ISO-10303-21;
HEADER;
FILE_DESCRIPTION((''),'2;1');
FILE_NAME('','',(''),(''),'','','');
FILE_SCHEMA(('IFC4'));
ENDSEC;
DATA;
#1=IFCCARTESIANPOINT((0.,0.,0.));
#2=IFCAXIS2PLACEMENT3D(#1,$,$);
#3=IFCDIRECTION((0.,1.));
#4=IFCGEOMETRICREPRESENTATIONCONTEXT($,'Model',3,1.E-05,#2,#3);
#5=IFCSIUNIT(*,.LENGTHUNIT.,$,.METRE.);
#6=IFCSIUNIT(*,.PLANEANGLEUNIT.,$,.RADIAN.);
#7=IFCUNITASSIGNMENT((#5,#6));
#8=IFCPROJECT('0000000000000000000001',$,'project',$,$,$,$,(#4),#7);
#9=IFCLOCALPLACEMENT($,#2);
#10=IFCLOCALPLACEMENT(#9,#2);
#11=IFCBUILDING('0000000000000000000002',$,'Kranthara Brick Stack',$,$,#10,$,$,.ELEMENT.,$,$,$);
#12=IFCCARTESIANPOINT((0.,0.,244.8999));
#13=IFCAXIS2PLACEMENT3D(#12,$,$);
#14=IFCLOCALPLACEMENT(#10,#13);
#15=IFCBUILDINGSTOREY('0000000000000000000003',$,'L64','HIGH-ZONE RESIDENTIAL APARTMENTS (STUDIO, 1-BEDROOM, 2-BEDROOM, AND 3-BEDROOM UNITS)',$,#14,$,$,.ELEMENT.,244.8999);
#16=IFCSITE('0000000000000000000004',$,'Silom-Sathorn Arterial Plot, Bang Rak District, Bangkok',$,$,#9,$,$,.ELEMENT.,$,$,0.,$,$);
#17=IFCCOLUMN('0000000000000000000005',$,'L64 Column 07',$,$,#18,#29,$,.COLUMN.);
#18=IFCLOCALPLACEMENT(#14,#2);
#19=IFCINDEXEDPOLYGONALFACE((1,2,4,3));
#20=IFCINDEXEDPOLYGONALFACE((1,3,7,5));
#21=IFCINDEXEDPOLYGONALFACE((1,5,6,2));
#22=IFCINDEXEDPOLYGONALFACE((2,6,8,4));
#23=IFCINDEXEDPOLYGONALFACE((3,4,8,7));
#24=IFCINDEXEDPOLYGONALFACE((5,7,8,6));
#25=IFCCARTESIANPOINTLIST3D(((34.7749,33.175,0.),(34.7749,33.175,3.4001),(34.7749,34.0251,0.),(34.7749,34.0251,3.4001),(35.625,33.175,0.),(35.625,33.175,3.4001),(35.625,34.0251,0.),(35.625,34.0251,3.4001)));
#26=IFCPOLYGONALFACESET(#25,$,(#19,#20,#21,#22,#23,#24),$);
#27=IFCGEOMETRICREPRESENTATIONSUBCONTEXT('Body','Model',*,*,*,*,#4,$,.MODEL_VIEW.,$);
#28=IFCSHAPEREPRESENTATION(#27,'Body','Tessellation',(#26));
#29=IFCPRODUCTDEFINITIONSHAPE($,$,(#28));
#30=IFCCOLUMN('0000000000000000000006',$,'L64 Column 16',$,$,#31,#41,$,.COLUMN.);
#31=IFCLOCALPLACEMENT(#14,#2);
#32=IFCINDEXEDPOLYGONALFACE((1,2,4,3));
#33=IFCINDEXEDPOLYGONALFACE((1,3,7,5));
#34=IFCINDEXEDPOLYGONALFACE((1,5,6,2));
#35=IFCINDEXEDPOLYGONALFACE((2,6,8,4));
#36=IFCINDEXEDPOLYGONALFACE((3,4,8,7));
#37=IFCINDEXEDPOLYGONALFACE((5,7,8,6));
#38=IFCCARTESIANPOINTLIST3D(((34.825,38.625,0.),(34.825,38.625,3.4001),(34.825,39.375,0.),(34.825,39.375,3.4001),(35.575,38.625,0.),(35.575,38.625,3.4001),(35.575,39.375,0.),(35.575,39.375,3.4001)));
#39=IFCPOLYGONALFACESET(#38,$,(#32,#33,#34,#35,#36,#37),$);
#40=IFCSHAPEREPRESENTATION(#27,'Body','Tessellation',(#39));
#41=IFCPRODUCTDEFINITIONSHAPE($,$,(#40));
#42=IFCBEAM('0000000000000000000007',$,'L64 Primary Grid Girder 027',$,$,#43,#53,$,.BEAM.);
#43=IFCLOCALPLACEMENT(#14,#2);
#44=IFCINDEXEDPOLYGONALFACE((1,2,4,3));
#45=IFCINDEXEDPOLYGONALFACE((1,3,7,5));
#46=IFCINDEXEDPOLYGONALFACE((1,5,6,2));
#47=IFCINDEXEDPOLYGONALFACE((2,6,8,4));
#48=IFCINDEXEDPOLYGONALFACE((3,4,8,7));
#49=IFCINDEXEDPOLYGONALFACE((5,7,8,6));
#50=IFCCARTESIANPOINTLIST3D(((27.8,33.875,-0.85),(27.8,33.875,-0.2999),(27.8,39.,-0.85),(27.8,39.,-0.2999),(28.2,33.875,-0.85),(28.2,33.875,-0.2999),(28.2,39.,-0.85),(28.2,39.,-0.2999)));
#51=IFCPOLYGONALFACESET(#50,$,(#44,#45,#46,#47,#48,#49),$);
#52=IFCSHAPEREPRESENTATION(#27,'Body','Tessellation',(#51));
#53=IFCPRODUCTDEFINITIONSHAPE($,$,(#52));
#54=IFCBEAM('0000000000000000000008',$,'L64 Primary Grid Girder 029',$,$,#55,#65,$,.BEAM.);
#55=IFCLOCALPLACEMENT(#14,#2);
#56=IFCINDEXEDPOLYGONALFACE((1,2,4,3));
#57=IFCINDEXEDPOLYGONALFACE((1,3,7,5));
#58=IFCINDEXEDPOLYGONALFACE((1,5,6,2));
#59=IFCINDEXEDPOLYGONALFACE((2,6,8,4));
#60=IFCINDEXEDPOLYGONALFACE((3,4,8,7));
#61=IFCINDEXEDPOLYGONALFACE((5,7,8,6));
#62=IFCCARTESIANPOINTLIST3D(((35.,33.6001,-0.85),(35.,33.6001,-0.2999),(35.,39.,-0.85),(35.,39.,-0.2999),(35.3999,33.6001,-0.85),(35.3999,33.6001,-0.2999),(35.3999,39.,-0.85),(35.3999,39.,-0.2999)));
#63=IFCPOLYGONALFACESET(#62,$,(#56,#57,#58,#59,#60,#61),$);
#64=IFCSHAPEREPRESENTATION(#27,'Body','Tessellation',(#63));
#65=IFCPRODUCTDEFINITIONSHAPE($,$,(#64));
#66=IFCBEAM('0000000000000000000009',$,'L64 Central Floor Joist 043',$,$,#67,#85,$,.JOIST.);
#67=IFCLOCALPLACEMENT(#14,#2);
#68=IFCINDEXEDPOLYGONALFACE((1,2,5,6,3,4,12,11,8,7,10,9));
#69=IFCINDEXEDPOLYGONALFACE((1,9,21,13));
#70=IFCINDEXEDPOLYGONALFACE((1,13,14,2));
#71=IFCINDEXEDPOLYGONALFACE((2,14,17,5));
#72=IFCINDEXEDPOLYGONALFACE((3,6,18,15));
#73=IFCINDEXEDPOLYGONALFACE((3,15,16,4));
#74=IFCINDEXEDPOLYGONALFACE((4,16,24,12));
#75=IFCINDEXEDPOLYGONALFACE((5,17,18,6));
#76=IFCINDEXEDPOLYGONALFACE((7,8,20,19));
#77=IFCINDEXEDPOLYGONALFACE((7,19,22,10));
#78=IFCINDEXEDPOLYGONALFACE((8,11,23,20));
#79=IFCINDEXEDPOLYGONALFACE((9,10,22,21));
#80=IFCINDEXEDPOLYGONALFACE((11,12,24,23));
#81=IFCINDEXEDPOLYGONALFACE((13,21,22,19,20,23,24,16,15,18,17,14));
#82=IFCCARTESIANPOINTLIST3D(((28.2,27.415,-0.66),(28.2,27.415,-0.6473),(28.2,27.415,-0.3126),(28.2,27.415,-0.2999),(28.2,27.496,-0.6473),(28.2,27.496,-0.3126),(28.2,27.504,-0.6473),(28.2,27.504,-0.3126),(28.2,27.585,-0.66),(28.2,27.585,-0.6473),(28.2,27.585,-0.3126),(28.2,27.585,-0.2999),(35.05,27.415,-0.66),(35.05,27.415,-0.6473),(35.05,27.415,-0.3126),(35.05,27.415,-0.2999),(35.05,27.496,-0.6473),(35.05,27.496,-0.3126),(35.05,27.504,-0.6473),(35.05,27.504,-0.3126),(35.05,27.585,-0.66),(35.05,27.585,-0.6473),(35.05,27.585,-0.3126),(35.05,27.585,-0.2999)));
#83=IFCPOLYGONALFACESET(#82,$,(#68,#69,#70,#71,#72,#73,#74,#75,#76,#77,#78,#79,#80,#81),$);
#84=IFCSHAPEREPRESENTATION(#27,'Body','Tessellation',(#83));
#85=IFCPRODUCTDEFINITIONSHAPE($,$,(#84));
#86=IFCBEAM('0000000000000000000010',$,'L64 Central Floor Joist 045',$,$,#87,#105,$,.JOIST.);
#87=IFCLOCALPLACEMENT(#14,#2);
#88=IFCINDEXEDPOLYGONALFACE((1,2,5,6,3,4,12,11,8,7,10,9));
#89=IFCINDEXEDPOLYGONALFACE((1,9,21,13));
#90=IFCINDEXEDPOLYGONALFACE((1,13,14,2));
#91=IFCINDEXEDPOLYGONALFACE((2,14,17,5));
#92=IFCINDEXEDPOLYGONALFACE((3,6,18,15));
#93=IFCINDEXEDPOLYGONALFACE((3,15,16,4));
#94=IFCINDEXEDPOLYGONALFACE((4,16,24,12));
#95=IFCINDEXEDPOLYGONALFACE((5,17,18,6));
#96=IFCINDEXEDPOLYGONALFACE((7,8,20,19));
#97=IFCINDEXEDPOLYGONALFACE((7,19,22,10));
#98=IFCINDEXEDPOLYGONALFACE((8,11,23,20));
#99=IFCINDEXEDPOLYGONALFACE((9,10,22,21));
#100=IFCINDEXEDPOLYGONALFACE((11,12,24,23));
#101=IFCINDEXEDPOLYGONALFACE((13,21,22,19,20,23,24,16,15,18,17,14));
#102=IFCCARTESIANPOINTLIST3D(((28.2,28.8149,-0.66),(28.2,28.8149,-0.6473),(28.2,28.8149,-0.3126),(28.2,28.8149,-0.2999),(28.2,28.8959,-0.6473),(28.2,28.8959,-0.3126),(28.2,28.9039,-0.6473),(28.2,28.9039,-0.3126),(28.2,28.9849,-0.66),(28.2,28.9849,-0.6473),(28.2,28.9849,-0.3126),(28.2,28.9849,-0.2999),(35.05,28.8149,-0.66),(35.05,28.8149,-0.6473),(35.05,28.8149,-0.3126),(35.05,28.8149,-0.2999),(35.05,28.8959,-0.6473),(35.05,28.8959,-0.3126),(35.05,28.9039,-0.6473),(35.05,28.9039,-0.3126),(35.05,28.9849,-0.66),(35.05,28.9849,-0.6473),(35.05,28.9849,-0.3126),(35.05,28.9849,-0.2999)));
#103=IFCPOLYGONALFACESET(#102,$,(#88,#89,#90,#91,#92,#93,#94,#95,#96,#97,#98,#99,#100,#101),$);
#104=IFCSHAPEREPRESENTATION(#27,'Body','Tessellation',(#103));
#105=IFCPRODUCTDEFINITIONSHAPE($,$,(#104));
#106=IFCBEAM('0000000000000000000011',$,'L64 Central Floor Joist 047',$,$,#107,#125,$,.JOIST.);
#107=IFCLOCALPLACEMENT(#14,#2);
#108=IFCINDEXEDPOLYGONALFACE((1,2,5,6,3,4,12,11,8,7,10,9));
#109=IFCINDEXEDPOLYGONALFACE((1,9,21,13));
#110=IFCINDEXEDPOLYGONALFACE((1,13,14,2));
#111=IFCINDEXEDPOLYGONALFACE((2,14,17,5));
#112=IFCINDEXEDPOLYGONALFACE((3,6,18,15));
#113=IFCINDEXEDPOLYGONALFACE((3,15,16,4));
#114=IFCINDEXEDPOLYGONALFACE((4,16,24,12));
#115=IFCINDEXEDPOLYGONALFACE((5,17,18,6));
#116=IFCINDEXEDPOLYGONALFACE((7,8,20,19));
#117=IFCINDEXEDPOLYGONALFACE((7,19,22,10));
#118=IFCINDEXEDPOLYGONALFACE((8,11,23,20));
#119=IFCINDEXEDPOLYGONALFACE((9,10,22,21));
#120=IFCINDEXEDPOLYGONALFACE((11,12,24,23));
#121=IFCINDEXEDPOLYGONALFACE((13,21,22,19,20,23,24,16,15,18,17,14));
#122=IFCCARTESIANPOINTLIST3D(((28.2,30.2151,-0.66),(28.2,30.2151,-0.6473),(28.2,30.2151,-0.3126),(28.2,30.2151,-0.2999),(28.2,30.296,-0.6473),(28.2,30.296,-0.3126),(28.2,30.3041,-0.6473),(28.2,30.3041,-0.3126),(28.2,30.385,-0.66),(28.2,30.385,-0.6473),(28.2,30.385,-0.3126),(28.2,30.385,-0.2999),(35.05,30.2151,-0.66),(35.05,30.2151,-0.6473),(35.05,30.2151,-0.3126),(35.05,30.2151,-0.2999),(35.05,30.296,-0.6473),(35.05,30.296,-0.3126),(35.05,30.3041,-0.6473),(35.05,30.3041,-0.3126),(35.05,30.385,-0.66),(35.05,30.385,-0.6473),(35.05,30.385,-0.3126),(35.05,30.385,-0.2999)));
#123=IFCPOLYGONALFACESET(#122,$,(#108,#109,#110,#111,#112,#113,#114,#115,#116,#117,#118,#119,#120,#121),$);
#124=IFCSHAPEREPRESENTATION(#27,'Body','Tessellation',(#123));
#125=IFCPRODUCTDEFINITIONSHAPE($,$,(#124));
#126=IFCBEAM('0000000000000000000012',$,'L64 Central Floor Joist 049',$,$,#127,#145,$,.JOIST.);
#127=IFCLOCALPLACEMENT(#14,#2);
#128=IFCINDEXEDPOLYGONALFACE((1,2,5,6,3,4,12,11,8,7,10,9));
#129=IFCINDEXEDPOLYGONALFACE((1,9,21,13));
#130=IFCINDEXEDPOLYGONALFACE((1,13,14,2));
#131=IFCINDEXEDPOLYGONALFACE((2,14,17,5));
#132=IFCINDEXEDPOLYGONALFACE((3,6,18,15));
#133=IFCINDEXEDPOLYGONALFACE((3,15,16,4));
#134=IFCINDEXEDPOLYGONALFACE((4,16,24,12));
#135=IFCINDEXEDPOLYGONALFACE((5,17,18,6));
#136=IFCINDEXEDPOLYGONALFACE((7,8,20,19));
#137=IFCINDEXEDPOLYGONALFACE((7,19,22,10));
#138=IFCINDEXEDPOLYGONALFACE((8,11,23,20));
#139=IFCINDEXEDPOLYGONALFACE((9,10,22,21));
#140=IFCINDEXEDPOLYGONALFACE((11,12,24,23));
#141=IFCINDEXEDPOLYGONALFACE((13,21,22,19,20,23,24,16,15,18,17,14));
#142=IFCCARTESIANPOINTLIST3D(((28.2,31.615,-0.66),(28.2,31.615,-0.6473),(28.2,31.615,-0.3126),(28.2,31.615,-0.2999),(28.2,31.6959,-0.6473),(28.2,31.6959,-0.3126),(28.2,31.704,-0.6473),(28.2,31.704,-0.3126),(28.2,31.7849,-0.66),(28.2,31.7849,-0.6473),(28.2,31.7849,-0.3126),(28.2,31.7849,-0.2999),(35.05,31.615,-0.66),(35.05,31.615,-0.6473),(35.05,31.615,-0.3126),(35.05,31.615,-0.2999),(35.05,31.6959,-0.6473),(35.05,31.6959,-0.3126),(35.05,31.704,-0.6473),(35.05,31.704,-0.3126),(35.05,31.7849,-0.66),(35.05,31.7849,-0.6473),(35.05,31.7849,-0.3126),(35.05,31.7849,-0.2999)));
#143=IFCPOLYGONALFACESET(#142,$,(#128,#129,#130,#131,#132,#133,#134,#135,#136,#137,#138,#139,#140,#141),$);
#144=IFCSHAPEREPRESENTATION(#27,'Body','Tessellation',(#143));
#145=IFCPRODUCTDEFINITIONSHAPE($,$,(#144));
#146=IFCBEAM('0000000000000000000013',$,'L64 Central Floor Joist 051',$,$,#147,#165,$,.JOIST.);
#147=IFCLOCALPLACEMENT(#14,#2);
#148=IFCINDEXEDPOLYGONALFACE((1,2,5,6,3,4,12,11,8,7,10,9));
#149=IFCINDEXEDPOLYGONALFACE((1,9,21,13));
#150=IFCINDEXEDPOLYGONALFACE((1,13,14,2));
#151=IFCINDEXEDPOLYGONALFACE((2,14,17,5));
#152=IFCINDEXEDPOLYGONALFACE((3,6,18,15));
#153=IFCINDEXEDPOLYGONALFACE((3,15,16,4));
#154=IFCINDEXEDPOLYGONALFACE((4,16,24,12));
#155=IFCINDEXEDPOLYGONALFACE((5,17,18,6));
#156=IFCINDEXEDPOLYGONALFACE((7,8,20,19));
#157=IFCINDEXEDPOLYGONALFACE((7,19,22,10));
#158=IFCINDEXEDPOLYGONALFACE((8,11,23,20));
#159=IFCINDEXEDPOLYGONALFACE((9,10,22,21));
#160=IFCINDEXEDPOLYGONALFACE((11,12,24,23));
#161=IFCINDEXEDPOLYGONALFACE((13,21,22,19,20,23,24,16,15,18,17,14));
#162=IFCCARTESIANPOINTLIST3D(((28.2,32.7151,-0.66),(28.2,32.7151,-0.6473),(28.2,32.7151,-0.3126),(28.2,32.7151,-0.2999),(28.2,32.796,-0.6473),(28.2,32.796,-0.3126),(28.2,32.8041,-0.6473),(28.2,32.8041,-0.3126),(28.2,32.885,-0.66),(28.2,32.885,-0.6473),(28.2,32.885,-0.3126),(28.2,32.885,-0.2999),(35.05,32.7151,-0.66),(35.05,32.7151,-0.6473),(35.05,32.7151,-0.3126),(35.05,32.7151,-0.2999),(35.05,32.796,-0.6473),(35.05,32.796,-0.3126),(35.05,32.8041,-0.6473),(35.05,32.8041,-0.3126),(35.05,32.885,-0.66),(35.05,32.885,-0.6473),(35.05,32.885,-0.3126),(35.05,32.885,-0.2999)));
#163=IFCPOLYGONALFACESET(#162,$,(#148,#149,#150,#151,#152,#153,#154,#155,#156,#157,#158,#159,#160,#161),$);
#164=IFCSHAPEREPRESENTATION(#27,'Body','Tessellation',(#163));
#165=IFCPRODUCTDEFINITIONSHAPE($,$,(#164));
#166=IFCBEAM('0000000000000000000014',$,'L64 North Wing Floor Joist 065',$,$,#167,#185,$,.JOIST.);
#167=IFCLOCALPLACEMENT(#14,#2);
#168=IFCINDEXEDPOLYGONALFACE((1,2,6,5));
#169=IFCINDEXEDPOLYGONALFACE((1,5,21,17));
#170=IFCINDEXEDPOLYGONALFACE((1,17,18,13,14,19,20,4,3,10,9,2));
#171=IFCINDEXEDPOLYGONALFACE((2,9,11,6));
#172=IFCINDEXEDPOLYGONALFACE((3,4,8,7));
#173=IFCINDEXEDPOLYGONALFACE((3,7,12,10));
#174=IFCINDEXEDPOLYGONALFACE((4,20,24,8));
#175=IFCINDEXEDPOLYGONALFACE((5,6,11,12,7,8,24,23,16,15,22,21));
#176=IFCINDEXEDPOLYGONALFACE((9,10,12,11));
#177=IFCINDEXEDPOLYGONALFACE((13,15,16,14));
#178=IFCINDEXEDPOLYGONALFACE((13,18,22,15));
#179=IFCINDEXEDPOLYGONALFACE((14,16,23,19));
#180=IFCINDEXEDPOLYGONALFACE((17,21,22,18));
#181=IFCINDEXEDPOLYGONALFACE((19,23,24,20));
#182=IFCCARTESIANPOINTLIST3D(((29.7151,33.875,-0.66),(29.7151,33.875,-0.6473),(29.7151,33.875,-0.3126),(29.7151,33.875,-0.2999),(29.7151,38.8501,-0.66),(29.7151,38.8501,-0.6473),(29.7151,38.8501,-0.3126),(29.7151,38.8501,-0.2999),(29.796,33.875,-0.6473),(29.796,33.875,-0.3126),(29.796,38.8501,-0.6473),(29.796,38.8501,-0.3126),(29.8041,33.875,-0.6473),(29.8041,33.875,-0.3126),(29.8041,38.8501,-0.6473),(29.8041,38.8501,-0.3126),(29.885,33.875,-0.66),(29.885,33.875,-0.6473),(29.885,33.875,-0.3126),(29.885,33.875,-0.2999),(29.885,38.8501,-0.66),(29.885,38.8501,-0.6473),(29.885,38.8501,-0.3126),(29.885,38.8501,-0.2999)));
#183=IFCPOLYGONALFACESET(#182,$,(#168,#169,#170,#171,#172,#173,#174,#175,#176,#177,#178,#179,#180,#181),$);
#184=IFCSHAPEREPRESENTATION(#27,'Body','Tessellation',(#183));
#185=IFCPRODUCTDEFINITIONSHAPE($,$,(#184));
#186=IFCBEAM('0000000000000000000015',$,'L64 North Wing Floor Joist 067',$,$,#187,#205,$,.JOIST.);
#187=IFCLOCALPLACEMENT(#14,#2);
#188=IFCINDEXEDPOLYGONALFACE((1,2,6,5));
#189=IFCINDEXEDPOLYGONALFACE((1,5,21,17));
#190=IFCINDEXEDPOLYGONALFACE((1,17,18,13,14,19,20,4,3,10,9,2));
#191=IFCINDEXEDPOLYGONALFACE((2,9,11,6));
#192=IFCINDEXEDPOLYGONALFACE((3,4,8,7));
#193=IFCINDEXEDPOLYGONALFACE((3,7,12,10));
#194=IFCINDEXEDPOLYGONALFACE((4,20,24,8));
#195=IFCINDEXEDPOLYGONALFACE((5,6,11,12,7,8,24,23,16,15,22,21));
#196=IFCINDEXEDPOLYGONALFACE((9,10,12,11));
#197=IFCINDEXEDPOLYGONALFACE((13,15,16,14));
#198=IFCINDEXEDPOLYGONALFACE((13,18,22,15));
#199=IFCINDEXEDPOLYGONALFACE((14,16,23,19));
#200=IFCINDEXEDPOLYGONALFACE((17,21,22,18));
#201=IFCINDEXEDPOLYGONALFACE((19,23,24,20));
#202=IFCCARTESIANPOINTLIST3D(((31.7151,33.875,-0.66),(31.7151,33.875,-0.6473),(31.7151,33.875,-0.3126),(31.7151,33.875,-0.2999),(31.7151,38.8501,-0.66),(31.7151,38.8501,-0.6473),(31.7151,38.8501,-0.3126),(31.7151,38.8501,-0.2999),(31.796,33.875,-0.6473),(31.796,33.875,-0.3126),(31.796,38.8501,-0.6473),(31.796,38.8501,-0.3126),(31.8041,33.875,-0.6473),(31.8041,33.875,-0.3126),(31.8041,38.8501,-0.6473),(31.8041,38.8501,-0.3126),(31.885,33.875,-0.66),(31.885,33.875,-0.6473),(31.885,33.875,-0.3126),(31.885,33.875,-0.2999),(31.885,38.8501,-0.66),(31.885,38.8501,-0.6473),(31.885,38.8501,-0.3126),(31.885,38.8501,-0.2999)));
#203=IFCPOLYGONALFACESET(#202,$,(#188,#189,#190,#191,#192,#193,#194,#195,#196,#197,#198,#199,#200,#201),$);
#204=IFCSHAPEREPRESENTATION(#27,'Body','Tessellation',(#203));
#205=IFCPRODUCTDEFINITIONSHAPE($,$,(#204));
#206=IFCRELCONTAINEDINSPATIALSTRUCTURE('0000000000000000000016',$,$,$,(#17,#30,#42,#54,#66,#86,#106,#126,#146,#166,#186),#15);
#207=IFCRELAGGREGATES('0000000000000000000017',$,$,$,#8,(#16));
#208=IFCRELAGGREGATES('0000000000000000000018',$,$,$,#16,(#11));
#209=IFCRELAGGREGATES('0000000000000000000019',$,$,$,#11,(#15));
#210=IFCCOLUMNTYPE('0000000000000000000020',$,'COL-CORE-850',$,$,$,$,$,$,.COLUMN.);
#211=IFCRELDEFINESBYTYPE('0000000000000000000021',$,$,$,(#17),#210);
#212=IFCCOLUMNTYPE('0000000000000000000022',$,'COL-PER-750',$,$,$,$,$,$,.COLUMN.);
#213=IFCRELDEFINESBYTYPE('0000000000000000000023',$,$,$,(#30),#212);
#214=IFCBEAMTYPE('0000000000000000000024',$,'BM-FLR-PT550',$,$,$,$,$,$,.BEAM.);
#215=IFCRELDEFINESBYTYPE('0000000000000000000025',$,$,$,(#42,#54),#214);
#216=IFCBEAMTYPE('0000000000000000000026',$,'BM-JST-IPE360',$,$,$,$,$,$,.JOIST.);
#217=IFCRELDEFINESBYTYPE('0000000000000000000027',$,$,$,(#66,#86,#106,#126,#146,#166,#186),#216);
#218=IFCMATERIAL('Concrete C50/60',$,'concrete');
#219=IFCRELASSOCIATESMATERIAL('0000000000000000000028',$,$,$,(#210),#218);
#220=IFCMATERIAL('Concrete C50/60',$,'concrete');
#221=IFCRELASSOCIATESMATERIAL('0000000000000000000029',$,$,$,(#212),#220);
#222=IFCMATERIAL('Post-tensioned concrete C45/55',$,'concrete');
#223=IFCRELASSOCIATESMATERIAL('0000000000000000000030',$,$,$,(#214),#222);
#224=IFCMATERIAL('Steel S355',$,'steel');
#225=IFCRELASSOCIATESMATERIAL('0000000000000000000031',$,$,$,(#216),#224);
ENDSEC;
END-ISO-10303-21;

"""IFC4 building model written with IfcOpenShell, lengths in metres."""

from ifc_helpers import new_model, si_unit, direction, frame, origin, origin_2d, place, context, subcontext, project, spatial, rectangle, i_section, extrude, material, material_profile, profile_set, type_object, element, save


model = new_model("IFC4")

# Units and contexts
model_context = context("Model", 3, precision=1e-05, world=origin(), true_north=direction((0.0, 1.0)))
body_context = subcontext(model_context, "Body", "Model", "MODEL_VIEW")
ifc_project = project(units=[si_unit("LENGTHUNIT", "METRE"), si_unit("PLANEANGLEUNIT", "RADIAN")], contexts=[model_context])

# Site, building, storey
site_placement = place(None, origin())
site = spatial("IfcSite", under=ifc_project, at=site_placement, Name="Silom-Sathorn Arterial Plot, Bang Rak District, Bangkok", CompositionType="ELEMENT", RefElevation=0.0)
building_placement = place(site_placement, origin())
building = spatial("IfcBuilding", under=site, at=building_placement, Name="Kranthara Brick Stack", CompositionType="ELEMENT")
storey_placement = place(building_placement, frame((0.0, 0.0, 244.8999)))
storey = spatial("IfcBuildingStorey", under=building, at=storey_placement, Name="L64", Description="HIGH-ZONE RESIDENTIAL APARTMENTS (STUDIO, 1-BEDROOM, 2-BEDROOM, AND 3-BEDROOM UNITS)", CompositionType="ELEMENT", Elevation=244.8999)

# Columns
ifc_material_1 = material(Name="Concrete C50/60", Category="concrete")
ifc_material_profile_1 = material_profile(ifc_material_1, rectangle(XDim=0.8501, YDim=0.8501, at=origin_2d()), Name="RC 850x850")
ifc_profile_set_1 = profile_set([ifc_material_profile_1], Name="Concrete C50/60")
column_type_1 = type_object("IfcColumnType", Name="COL-CORE-850", PredefinedType="COLUMN", material=ifc_profile_set_1)
column_1_placement = place(storey_placement, frame((35.2, 33.6001, 0.0), z_axis=(0.0, 0.0, 1.0), x_axis=(1.0, 0.0, 0.0)))
element("IfcColumn", 1, at=column_1_placement, inside=storey, type_object=column_type_1, Name="L64 Column 07", PredefinedType="COLUMN", context=body_context, shape_type="SweptSolid", body=[
    extrude(rectangle(XDim=0.8501, YDim=0.8501, at=origin_2d()), origin(), (0.0, 0.0, 1.0), 3.4001),
])
ifc_material_2 = material(Name="Concrete C50/60", Category="concrete")
ifc_material_profile_2 = material_profile(ifc_material_2, rectangle(XDim=0.75, YDim=0.75, at=origin_2d()), Name="RC 750x750")
ifc_profile_set_2 = profile_set([ifc_material_profile_2], Name="Concrete C50/60")
column_type_2 = type_object("IfcColumnType", Name="COL-PER-750", PredefinedType="COLUMN", material=ifc_profile_set_2)
column_2_placement = place(storey_placement, frame((35.2, 39.0, 0.0), z_axis=(0.0, 0.0, 1.0), x_axis=(1.0, 0.0, 0.0)))
element("IfcColumn", 2, at=column_2_placement, inside=storey, type_object=column_type_2, Name="L64 Column 16", PredefinedType="COLUMN", context=body_context, shape_type="SweptSolid", body=[
    extrude(rectangle(XDim=0.75, YDim=0.75, at=origin_2d()), origin(), (0.0, 0.0, 1.0), 3.4001),
])

# Beams
ifc_material_3 = material(Name="Post-tensioned concrete C45/55", Category="concrete")
ifc_material_profile_3 = material_profile(ifc_material_3, rectangle(XDim=0.3999, YDim=0.55, at=origin_2d()), Name="PT 400x550")
ifc_profile_set_3 = profile_set([ifc_material_profile_3], Name="Post-tensioned concrete C45/55")
beam_type_1 = type_object("IfcBeamType", Name="BM-FLR-PT550", PredefinedType="BEAM", material=ifc_profile_set_3)
beam_1_placement = place(storey_placement, frame((28.0, 33.875, -0.575), z_axis=(0.0, 1.0, 0.0), x_axis=(-1.0, 0.0, 0.0)))
element("IfcBeam", 3, at=beam_1_placement, inside=storey, type_object=beam_type_1, Name="L64 Primary Grid Girder 027", PredefinedType="BEAM", context=body_context, shape_type="SweptSolid", body=[
    extrude(rectangle(XDim=0.3999, YDim=0.55, at=origin_2d()), origin(), (0.0, 0.0, 1.0), 5.125),
])
beam_2_placement = place(storey_placement, frame((35.2, 33.6001, -0.575), z_axis=(0.0, 1.0, 0.0), x_axis=(-1.0, 0.0, 0.0)))
element("IfcBeam", 4, at=beam_2_placement, inside=storey, type_object=beam_type_1, Name="L64 Primary Grid Girder 029", PredefinedType="BEAM", context=body_context, shape_type="SweptSolid", body=[
    extrude(rectangle(XDim=0.3999, YDim=0.55, at=origin_2d()), origin(), (0.0, 0.0, 1.0), 5.3999),
])
ifc_material_4 = material(Name="Steel S355", Category="steel")
ifc_material_profile_4 = material_profile(ifc_material_4, i_section(OverallWidth=0.1699, OverallDepth=0.3601, WebThickness=0.0081, FlangeThickness=0.0127, at=origin_2d()), Name="IPE 360")
ifc_profile_set_4 = profile_set([ifc_material_profile_4], Name="Steel S355")
beam_type_2 = type_object("IfcBeamType", Name="BM-JST-IPE360", PredefinedType="JOIST", material=ifc_profile_set_4)
for number, where, z_axis, x_axis, name in (
    (5, (28.2, 27.5, -0.48), (1.0, 0.0, 0.0), (0.0, 1.0, 0.0), "L64 Central Floor Joist 043"),
    (6, (28.2, 28.8999, -0.48), (1.0, 0.0, 0.0), (0.0, 1.0, 0.0), "L64 Central Floor Joist 045"),
    (7, (28.2, 30.3, -0.48), (1.0, 0.0, 0.0), (0.0, 1.0, 0.0), "L64 Central Floor Joist 047"),
    (8, (28.2, 31.7, -0.48), (1.0, 0.0, 0.0), (0.0, 1.0, 0.0), "L64 Central Floor Joist 049"),
    (9, (28.2, 32.8, -0.48), (1.0, 0.0, 0.0), (0.0, 1.0, 0.0), "L64 Central Floor Joist 051"),
):
    element("IfcBeam", number, at=place(storey_placement, frame(where, z_axis=z_axis, x_axis=x_axis)), inside=storey, type_object=beam_type_2, Name=name, PredefinedType="JOIST", context=body_context, shape_type="SweptSolid", body=[
        extrude(i_section(OverallWidth=0.1699, OverallDepth=0.3601, WebThickness=0.0081, FlangeThickness=0.0127, at=origin_2d()), origin(), (0.0, 0.0, 1.0), 6.8501),
    ])
for number, where, z_axis, x_axis, name in (
    (10, (29.8, 33.875, -0.48), (0.0, 1.0, 0.0), (-1.0, 0.0, 0.0), "L64 North Wing Floor Joist 065"),
    (11, (31.8, 33.875, -0.48), (0.0, 1.0, 0.0), (-1.0, 0.0, 0.0), "L64 North Wing Floor Joist 067"),
):
    element("IfcBeam", number, at=place(storey_placement, frame(where, z_axis=z_axis, x_axis=x_axis)), inside=storey, type_object=beam_type_2, Name=name, PredefinedType="JOIST", context=body_context, shape_type="SweptSolid", body=[
        extrude(i_section(OverallWidth=0.1699, OverallDepth=0.3601, WebThickness=0.0081, FlangeThickness=0.0127, at=origin_2d()), origin(), (0.0, 0.0, 1.0), 4.9751),
    ])

save(model, "model.ifc")
